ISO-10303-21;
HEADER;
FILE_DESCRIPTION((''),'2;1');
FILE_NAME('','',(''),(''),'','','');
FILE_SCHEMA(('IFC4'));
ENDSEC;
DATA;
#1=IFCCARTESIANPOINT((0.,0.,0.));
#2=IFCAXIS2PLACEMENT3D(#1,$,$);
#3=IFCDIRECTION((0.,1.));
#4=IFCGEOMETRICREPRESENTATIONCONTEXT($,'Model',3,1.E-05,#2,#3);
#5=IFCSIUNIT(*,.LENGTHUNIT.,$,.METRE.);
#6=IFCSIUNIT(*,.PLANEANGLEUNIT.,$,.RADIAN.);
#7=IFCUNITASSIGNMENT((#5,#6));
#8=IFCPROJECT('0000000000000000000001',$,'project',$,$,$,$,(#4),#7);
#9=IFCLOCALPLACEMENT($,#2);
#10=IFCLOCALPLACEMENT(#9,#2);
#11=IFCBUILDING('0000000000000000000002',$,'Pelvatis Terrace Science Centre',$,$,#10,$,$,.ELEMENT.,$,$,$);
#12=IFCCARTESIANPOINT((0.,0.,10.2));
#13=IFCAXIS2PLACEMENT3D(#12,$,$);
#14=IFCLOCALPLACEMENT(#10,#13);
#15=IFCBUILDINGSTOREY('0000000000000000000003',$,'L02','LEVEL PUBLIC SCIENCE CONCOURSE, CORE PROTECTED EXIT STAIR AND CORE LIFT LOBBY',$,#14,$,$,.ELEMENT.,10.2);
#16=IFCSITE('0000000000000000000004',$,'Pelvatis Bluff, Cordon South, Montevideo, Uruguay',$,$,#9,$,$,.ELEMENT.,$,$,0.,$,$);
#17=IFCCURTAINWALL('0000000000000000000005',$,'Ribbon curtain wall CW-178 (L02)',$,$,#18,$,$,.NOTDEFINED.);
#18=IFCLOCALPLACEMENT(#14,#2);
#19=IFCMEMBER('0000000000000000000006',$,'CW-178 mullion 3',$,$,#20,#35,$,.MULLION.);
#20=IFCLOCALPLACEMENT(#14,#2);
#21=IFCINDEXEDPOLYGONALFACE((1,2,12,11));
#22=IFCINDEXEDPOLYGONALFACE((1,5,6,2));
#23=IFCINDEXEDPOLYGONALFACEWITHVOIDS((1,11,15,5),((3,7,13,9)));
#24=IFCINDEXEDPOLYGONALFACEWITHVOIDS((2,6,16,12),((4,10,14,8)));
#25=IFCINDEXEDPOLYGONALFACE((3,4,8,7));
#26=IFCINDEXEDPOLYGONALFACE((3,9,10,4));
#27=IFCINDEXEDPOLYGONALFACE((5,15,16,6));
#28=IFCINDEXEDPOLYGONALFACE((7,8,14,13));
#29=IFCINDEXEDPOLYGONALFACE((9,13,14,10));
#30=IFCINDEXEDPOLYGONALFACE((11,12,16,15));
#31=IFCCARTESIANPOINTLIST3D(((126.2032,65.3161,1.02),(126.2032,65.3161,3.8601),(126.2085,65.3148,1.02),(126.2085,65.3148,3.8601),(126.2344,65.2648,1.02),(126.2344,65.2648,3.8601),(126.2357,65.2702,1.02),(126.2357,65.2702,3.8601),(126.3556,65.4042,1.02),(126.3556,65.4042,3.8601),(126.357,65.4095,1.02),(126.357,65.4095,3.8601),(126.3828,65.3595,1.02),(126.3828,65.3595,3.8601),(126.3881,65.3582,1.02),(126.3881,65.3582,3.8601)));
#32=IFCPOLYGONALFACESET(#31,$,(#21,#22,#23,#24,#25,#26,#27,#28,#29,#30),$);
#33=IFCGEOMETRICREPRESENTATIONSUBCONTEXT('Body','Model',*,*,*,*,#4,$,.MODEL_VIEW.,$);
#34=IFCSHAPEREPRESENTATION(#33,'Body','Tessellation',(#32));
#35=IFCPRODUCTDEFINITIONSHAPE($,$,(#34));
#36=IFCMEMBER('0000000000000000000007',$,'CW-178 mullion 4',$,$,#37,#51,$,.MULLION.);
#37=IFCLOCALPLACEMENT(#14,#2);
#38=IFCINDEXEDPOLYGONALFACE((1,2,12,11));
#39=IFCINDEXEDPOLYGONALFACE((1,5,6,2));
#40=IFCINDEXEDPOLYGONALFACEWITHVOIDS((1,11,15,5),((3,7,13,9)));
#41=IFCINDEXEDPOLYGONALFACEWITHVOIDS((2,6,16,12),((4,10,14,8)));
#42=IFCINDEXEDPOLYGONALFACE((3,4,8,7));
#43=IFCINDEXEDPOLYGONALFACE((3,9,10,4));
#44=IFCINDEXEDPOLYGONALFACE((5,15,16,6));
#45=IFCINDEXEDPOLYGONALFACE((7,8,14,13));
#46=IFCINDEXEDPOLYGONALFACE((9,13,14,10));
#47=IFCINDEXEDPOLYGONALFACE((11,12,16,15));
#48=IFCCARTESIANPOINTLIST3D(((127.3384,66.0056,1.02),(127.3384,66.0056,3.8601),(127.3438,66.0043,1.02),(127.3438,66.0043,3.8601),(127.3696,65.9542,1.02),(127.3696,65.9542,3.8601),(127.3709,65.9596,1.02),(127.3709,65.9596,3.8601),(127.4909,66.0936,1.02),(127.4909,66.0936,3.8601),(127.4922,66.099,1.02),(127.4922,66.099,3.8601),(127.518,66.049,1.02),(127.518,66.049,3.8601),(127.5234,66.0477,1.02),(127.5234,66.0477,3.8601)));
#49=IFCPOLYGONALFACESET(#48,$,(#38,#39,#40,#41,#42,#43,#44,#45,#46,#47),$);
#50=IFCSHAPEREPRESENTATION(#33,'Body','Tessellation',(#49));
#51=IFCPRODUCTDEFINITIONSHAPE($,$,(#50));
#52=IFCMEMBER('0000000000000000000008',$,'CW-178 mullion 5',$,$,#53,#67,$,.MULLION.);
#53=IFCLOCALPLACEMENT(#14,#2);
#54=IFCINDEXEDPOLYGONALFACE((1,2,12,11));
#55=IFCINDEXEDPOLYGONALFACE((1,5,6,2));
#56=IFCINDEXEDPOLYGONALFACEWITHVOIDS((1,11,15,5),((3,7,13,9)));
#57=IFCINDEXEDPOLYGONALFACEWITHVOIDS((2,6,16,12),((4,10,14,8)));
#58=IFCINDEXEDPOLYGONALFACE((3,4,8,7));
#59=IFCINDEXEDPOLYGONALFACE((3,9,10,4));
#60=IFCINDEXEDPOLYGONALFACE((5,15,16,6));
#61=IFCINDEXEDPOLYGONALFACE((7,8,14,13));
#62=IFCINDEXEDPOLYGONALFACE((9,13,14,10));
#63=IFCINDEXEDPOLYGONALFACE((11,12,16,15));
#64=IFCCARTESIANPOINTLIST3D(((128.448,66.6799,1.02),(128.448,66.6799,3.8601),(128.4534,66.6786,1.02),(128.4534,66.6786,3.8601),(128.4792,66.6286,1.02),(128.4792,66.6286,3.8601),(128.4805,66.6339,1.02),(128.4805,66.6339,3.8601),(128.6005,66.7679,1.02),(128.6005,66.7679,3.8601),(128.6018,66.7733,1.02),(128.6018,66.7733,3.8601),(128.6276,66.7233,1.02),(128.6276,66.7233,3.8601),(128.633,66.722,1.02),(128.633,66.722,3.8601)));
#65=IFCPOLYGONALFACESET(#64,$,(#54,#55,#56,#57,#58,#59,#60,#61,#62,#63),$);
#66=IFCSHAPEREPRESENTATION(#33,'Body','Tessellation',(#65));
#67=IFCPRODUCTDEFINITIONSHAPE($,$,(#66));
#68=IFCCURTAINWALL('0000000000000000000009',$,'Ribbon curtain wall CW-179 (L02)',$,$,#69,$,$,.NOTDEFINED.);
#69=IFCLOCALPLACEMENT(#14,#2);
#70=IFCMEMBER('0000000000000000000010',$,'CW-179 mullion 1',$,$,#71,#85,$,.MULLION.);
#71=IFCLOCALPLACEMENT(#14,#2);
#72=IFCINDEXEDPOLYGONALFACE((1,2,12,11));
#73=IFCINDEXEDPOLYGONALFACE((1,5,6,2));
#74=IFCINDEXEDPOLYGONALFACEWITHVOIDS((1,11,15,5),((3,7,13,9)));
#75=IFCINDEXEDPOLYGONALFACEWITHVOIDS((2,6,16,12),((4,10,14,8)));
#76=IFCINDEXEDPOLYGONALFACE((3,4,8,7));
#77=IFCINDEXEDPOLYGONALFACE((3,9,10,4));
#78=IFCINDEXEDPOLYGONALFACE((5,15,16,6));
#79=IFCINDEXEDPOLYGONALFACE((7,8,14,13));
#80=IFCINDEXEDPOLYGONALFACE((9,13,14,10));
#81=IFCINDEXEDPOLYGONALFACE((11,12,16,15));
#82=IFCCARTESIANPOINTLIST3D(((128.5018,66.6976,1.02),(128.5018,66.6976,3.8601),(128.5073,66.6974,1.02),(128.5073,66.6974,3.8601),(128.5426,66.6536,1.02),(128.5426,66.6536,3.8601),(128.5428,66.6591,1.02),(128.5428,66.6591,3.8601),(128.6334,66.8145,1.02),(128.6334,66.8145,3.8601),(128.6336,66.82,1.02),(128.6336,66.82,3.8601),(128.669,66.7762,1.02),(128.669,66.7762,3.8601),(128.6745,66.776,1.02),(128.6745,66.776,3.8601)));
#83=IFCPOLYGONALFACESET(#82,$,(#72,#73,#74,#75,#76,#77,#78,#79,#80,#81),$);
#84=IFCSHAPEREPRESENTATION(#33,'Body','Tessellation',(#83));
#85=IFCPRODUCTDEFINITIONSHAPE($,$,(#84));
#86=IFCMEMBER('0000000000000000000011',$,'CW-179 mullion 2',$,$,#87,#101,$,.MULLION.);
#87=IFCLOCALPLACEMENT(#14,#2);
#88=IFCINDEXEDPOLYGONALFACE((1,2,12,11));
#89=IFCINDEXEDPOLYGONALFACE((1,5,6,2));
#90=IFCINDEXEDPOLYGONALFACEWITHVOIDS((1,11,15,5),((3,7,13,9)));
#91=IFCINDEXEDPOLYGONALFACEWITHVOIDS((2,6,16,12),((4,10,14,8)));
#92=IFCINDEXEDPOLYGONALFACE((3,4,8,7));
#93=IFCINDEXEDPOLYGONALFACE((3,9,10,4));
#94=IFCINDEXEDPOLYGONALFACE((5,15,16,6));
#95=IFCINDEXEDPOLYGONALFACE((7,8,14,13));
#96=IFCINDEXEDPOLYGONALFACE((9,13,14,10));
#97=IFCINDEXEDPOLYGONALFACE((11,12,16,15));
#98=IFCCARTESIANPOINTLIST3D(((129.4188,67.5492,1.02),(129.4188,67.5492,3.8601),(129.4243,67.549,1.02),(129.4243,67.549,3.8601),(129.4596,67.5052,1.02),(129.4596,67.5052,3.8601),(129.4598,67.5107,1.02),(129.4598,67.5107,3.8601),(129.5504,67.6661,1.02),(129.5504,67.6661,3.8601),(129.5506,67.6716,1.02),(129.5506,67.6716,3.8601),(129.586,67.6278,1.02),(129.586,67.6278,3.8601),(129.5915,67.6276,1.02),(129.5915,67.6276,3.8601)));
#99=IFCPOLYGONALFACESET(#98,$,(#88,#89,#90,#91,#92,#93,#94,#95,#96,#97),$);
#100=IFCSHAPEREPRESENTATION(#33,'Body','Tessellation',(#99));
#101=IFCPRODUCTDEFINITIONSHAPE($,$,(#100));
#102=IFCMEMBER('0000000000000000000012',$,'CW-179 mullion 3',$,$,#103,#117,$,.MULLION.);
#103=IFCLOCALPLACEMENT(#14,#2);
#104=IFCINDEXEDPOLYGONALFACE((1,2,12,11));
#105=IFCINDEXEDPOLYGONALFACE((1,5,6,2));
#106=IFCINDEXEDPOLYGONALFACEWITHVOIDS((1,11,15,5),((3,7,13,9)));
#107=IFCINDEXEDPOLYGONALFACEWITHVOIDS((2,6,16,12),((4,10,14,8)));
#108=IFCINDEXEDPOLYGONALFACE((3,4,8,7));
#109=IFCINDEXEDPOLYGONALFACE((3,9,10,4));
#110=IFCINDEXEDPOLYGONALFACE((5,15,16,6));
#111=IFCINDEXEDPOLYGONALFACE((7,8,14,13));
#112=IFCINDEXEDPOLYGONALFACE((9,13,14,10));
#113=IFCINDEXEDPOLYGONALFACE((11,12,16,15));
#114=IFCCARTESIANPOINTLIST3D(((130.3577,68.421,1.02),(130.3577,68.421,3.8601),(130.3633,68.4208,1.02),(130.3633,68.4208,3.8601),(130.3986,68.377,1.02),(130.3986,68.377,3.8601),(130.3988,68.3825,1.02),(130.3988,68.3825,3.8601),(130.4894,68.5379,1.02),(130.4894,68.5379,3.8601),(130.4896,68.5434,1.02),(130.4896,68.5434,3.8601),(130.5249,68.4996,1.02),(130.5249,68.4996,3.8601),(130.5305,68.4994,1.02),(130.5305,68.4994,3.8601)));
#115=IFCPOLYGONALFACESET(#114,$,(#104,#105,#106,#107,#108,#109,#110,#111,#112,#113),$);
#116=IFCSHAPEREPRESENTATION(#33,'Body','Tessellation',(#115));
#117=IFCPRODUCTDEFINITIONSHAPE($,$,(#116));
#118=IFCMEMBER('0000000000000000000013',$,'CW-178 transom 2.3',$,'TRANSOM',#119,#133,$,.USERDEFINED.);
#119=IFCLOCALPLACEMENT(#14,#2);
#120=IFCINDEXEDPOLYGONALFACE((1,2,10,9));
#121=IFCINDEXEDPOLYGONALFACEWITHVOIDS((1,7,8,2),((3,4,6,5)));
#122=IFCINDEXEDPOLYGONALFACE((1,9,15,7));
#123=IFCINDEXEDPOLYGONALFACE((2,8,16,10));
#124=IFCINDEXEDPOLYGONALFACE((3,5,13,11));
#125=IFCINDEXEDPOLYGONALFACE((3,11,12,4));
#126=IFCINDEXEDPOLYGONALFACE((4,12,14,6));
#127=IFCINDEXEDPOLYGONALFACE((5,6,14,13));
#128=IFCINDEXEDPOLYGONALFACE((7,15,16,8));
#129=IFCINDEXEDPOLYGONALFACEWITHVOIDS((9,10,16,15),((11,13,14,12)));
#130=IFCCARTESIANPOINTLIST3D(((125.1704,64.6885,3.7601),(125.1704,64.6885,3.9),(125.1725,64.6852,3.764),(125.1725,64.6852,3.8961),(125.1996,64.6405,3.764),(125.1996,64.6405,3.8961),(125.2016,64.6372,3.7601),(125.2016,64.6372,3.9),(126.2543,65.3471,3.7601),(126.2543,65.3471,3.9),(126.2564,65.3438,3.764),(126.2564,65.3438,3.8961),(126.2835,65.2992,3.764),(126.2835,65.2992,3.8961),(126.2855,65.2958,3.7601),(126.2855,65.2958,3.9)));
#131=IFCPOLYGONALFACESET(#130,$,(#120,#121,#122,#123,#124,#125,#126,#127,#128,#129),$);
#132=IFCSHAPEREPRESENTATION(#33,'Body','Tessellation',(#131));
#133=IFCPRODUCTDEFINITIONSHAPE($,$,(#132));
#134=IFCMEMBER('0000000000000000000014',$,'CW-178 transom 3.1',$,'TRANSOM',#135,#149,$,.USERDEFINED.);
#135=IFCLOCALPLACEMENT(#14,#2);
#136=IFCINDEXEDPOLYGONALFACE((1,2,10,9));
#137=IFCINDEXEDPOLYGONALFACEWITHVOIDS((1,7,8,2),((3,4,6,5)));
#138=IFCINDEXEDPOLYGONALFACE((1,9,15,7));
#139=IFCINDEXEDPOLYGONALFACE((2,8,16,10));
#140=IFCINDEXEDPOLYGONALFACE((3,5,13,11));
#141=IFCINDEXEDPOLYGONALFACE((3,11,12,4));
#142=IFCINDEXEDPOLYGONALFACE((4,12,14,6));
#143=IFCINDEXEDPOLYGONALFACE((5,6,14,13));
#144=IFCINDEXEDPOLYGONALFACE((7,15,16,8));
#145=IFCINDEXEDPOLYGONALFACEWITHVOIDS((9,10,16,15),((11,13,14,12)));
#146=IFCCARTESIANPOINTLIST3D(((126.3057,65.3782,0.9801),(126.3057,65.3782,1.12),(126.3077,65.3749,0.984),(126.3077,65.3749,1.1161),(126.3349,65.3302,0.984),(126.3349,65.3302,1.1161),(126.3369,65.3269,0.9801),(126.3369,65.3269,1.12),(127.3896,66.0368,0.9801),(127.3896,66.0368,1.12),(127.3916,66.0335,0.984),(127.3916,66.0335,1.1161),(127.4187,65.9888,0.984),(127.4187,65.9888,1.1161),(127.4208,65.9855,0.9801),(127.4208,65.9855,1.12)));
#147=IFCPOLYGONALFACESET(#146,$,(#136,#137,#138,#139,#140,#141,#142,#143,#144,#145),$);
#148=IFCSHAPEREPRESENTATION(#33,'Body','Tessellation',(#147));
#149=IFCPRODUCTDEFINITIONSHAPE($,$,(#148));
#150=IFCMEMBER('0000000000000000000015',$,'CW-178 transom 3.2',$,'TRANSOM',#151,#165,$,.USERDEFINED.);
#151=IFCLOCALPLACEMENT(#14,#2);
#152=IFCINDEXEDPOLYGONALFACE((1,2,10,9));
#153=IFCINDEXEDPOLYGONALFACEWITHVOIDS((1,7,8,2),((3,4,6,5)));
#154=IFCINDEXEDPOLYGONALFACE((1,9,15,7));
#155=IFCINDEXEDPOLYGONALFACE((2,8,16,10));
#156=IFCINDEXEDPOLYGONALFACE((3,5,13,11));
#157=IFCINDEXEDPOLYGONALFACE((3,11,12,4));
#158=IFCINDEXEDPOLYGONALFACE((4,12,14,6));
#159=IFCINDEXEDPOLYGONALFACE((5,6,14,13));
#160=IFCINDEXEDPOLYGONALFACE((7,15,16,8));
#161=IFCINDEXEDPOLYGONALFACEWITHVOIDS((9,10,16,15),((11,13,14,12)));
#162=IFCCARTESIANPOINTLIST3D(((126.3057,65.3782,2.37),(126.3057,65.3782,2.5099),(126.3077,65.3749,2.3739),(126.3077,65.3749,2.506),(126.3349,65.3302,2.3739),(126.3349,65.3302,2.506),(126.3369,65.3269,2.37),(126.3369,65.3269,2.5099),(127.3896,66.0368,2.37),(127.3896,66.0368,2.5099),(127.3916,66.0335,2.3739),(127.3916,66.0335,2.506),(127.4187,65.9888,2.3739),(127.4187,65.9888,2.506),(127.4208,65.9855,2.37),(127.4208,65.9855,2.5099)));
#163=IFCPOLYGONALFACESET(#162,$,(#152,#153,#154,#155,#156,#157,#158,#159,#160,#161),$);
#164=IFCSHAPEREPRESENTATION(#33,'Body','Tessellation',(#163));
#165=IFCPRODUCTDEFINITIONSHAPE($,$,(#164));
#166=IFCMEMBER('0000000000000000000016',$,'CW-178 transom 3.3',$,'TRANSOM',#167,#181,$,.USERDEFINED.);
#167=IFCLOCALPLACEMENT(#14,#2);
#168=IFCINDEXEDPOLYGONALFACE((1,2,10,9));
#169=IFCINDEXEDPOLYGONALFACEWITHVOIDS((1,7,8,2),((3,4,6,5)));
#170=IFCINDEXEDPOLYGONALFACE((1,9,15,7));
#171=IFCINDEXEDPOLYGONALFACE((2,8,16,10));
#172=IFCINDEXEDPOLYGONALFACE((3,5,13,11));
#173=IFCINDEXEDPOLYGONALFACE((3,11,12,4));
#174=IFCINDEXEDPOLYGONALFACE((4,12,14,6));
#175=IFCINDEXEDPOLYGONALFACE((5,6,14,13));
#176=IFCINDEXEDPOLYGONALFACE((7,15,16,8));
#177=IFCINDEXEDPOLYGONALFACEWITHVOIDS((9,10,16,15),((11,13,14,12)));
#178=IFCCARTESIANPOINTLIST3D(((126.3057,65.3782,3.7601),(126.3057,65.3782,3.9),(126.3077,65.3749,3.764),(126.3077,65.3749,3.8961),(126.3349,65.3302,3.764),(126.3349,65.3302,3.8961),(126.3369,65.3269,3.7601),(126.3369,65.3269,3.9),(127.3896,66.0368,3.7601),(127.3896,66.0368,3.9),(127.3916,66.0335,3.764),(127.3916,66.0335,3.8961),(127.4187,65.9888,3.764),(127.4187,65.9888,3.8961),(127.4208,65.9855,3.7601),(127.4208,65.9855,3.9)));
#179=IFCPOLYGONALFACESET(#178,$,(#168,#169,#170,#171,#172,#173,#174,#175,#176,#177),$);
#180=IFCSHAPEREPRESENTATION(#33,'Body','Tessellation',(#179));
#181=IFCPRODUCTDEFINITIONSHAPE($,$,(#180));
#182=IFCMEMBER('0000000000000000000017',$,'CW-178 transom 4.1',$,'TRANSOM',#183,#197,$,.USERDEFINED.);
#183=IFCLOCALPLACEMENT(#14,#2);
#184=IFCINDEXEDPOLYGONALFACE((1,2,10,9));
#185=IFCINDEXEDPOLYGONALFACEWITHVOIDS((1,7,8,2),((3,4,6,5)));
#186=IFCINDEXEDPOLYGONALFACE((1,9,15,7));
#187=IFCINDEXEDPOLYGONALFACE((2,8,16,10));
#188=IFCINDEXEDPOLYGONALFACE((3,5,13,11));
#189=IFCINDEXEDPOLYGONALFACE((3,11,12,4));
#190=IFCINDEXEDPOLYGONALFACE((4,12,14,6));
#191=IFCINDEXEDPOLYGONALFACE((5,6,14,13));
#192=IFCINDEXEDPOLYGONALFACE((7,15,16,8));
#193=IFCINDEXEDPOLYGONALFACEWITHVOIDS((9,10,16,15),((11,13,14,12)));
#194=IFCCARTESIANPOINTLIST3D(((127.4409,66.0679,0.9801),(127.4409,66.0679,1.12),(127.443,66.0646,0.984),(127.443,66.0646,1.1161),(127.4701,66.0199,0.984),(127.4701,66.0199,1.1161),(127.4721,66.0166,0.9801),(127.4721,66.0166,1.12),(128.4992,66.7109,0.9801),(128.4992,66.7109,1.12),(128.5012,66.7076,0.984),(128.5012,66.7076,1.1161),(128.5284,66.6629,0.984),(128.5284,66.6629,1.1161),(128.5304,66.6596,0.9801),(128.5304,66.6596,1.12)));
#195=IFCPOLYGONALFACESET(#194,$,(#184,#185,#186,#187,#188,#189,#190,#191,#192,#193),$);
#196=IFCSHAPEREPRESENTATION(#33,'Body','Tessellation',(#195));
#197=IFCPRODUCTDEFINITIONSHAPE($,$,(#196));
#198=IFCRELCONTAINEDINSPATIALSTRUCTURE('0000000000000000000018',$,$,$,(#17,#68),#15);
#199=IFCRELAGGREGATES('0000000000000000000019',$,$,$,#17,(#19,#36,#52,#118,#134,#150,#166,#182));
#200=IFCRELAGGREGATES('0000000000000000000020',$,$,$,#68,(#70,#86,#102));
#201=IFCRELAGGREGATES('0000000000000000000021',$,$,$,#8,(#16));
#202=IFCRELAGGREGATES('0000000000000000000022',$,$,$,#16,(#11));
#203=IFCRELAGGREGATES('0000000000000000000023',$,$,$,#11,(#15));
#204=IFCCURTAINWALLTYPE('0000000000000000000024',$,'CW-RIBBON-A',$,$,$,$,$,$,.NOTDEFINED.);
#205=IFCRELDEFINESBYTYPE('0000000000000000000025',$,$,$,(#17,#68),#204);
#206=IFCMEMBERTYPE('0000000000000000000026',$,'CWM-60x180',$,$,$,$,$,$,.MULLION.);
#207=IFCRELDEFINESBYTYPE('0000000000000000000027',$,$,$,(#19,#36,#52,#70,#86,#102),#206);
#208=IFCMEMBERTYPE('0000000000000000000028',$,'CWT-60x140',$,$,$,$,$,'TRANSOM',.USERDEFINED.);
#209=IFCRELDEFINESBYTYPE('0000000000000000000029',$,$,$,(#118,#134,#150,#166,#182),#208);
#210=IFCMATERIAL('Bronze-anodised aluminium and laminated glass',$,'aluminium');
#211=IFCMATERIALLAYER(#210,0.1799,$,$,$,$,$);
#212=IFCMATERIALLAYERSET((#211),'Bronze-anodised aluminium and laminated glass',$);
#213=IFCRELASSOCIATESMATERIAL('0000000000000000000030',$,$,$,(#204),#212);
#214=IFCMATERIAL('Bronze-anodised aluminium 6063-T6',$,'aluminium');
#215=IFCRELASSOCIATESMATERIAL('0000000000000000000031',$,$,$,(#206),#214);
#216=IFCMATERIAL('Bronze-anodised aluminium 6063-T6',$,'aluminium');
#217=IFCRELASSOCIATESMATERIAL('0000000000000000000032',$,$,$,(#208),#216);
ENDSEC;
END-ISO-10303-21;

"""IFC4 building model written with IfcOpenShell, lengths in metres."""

from ifc_helpers import new_model, si_unit, direction, frame, origin, origin_2d, place, context, subcontext, project, spatial, hollow_rectangle, extrude, material, layer, layer_set, material_profile, profile_set, type_object, element, aggregate, save


model = new_model("IFC4")

# Units and contexts
model_context = context("Model", 3, precision=1e-05, world=origin(), true_north=direction((0.0, 1.0)))
body_context = subcontext(model_context, "Body", "Model", "MODEL_VIEW")
ifc_project = project(units=[si_unit("LENGTHUNIT", "METRE"), si_unit("PLANEANGLEUNIT", "RADIAN")], contexts=[model_context])

# Site, building, storey
site_placement = place(None, origin())
site = spatial("IfcSite", under=ifc_project, at=site_placement, Name="Pelvatis Bluff, Cordon South, Montevideo, Uruguay", CompositionType="ELEMENT", RefElevation=0.0)
building_placement = place(site_placement, origin())
building = spatial("IfcBuilding", under=site, at=building_placement, Name="Pelvatis Terrace Science Centre", CompositionType="ELEMENT")
storey_placement = place(building_placement, frame((0.0, 0.0, 10.2)))
storey = spatial("IfcBuildingStorey", under=building, at=storey_placement, Name="L02", Description="LEVEL PUBLIC SCIENCE CONCOURSE, CORE PROTECTED EXIT STAIR AND CORE LIFT LOBBY", CompositionType="ELEMENT", Elevation=10.2)

# Curtain walls, members
ifc_material_1 = material(Name="Bronze-anodised aluminium and laminated glass", Category="aluminium")
ifc_layer_1 = layer(ifc_material_1, 0.1799)
ifc_layer_set_1 = layer_set([ifc_layer_1], Name="Bronze-anodised aluminium and laminated glass")
curtain_wall_type = type_object("IfcCurtainWallType", Name="CW-RIBBON-A", PredefinedType="NOTDEFINED", material=ifc_layer_set_1)
curtain_wall_1_placement = place(storey_placement, origin())
curtain_wall_1 = element("IfcCurtainWall", 1, at=curtain_wall_1_placement, inside=storey, type_object=curtain_wall_type, Name="Ribbon curtain wall CW-178 (L02)", PredefinedType="NOTDEFINED")
ifc_material_2 = material(Name="Bronze-anodised aluminium 6063-T6", Category="aluminium")
ifc_material_profile_1 = material_profile(ifc_material_2, hollow_rectangle(XDim=0.0601, YDim=0.1799, WallThickness=0.0039, at=origin_2d()), Name="ALU-MUL 60x180")
ifc_profile_set_1 = profile_set([ifc_material_profile_1], Name="Bronze-anodised aluminium 6063-T6")
member_type_1 = type_object("IfcMemberType", Name="CWM-60x180", PredefinedType="MULLION", material=ifc_profile_set_1)
member_1_placement = place(storey_placement, frame((126.2957, 65.3372, 1.02), z_axis=(0.0, 0.0, 1.0), x_axis=(-0.51919, 0.854659, 0.0)))
member_1 = element("IfcMember", 2, at=member_1_placement, type_object=member_type_1, Name="CW-178 mullion 3", PredefinedType="MULLION", context=body_context, shape_type="SweptSolid", body=[
    extrude(hollow_rectangle(XDim=0.0601, YDim=0.1799, WallThickness=0.0039, at=origin_2d()), origin(), (0.0, 0.0, 1.0), 2.8401),
])
member_2_placement = place(storey_placement, frame((127.4309, 66.0266, 1.02), z_axis=(0.0, 0.0, 1.0), x_axis=(-0.51919, 0.854659, 0.0)))
member_2 = element("IfcMember", 3, at=member_2_placement, type_object=member_type_1, Name="CW-178 mullion 4", PredefinedType="MULLION", context=body_context, shape_type="SweptSolid", body=[
    extrude(hollow_rectangle(XDim=0.0601, YDim=0.1799, WallThickness=0.0039, at=origin_2d()), origin(), (0.0, 0.0, 1.0), 2.8401),
])
member_3_placement = place(storey_placement, frame((128.5405, 66.7009, 1.02), z_axis=(0.0, 0.0, 1.0), x_axis=(-0.51919, 0.854659, 0.0)))
member_3 = element("IfcMember", 4, at=member_3_placement, type_object=member_type_1, Name="CW-178 mullion 5", PredefinedType="MULLION", context=body_context, shape_type="SweptSolid", body=[
    extrude(hollow_rectangle(XDim=0.0601, YDim=0.1799, WallThickness=0.0039, at=origin_2d()), origin(), (0.0, 0.0, 1.0), 2.8401),
])
curtain_wall_2_placement = place(storey_placement, origin())
curtain_wall_2 = element("IfcCurtainWall", 5, at=curtain_wall_2_placement, inside=storey, type_object=curtain_wall_type, Name="Ribbon curtain wall CW-179 (L02)", PredefinedType="NOTDEFINED")
member_4_placement = place(storey_placement, frame((128.5881, 66.7368, 1.02), z_axis=(0.0, 0.0, 1.0), x_axis=(-0.68047, 0.732776, 0.0)))
member_4 = element("IfcMember", 6, at=member_4_placement, type_object=member_type_1, Name="CW-179 mullion 1", PredefinedType="MULLION", context=body_context, shape_type="SweptSolid", body=[
    extrude(hollow_rectangle(XDim=0.0601, YDim=0.1799, WallThickness=0.0039, at=origin_2d()), origin(), (0.0, 0.0, 1.0), 2.8401),
])
member_5_placement = place(storey_placement, frame((129.5051, 67.5884, 1.02), z_axis=(0.0, 0.0, 1.0), x_axis=(-0.68047, 0.732776, 0.0)))
member_5 = element("IfcMember", 7, at=member_5_placement, type_object=member_type_1, Name="CW-179 mullion 2", PredefinedType="MULLION", context=body_context, shape_type="SweptSolid", body=[
    extrude(hollow_rectangle(XDim=0.0601, YDim=0.1799, WallThickness=0.0039, at=origin_2d()), origin(), (0.0, 0.0, 1.0), 2.8401),
])
member_6_placement = place(storey_placement, frame((130.4441, 68.4602, 1.02), z_axis=(0.0, 0.0, 1.0), x_axis=(-0.68047, 0.732776, 0.0)))
member_6 = element("IfcMember", 8, at=member_6_placement, type_object=member_type_1, Name="CW-179 mullion 3", PredefinedType="MULLION", context=body_context, shape_type="SweptSolid", body=[
    extrude(hollow_rectangle(XDim=0.0601, YDim=0.1799, WallThickness=0.0039, at=origin_2d()), origin(), (0.0, 0.0, 1.0), 2.8401),
])

# Members
ifc_material_3 = material(Name="Bronze-anodised aluminium 6063-T6", Category="aluminium")
ifc_material_profile_2 = material_profile(ifc_material_3, hollow_rectangle(XDim=0.0601, YDim=0.1399, WallThickness=0.0039, at=origin_2d()), Name="ALU-TRN 60x140")
ifc_profile_set_2 = profile_set([ifc_material_profile_2], Name="Bronze-anodised aluminium 6063-T6")
member_type_2 = type_object("IfcMemberType", Name="CWT-60x140", ElementType="TRANSOM", PredefinedType="USERDEFINED", material=ifc_profile_set_2)
member_7_placement = place(storey_placement, frame((125.186, 64.6628, 3.8301), z_axis=(0.854592, 0.5193, 0.0), x_axis=(-0.5193, 0.854592, 0.0)))
member_7 = element("IfcMember", 9, at=member_7_placement, type_object=member_type_2, Name="CW-178 transom 2.3", ObjectType="TRANSOM", PredefinedType="USERDEFINED", context=body_context, shape_type="SweptSolid", body=[
    extrude(hollow_rectangle(XDim=0.0601, YDim=0.1399, WallThickness=0.0039, at=origin_2d()), origin(), (0.0, 0.0, 1.0), 1.2683),
])
member_8_placement = place(storey_placement, frame((126.3213, 65.3525, 1.05), z_axis=(0.854592, 0.5193, 0.0), x_axis=(-0.5193, 0.854592, 0.0)))
member_8 = element("IfcMember", 10, at=member_8_placement, type_object=member_type_2, Name="CW-178 transom 3.1", ObjectType="TRANSOM", PredefinedType="USERDEFINED", context=body_context, shape_type="SweptSolid", body=[
    extrude(hollow_rectangle(XDim=0.0601, YDim=0.1399, WallThickness=0.0039, at=origin_2d()), origin(), (0.0, 0.0, 1.0), 1.2683),
])
member_9_placement = place(storey_placement, frame((126.3213, 65.3525, 2.4399), z_axis=(0.854592, 0.5193, 0.0), x_axis=(-0.5193, 0.854592, 0.0)))
member_9 = element("IfcMember", 11, at=member_9_placement, type_object=member_type_2, Name="CW-178 transom 3.2", ObjectType="TRANSOM", PredefinedType="USERDEFINED", context=body_context, shape_type="SweptSolid", body=[
    extrude(hollow_rectangle(XDim=0.0601, YDim=0.1399, WallThickness=0.0039, at=origin_2d()), origin(), (0.0, 0.0, 1.0), 1.2683),
])
member_10_placement = place(storey_placement, frame((126.3213, 65.3525, 3.8301), z_axis=(0.854592, 0.5193, 0.0), x_axis=(-0.5193, 0.854592, 0.0)))
member_10 = element("IfcMember", 12, at=member_10_placement, type_object=member_type_2, Name="CW-178 transom 3.3", ObjectType="TRANSOM", PredefinedType="USERDEFINED", context=body_context, shape_type="SweptSolid", body=[
    extrude(hollow_rectangle(XDim=0.0601, YDim=0.1399, WallThickness=0.0039, at=origin_2d()), origin(), (0.0, 0.0, 1.0), 1.2683),
])
member_11_placement = place(storey_placement, frame((127.4565, 66.0422, 1.05), z_axis=(0.854609, 0.519271, 0.0), x_axis=(-0.519271, 0.854609, 0.0)))
member_11 = element("IfcMember", 13, at=member_11_placement, type_object=member_type_2, Name="CW-178 transom 4.1", ObjectType="TRANSOM", PredefinedType="USERDEFINED", context=body_context, shape_type="SweptSolid", body=[
    extrude(hollow_rectangle(XDim=0.0601, YDim=0.1399, WallThickness=0.0039, at=origin_2d()), origin(), (0.0, 0.0, 1.0), 1.2383),
])

aggregate(curtain_wall_1, [member_1, member_2, member_3, member_7, member_8, member_9, member_10, member_11])
aggregate(curtain_wall_2, [member_4, member_5, member_6])

save(model, "model.ifc")
